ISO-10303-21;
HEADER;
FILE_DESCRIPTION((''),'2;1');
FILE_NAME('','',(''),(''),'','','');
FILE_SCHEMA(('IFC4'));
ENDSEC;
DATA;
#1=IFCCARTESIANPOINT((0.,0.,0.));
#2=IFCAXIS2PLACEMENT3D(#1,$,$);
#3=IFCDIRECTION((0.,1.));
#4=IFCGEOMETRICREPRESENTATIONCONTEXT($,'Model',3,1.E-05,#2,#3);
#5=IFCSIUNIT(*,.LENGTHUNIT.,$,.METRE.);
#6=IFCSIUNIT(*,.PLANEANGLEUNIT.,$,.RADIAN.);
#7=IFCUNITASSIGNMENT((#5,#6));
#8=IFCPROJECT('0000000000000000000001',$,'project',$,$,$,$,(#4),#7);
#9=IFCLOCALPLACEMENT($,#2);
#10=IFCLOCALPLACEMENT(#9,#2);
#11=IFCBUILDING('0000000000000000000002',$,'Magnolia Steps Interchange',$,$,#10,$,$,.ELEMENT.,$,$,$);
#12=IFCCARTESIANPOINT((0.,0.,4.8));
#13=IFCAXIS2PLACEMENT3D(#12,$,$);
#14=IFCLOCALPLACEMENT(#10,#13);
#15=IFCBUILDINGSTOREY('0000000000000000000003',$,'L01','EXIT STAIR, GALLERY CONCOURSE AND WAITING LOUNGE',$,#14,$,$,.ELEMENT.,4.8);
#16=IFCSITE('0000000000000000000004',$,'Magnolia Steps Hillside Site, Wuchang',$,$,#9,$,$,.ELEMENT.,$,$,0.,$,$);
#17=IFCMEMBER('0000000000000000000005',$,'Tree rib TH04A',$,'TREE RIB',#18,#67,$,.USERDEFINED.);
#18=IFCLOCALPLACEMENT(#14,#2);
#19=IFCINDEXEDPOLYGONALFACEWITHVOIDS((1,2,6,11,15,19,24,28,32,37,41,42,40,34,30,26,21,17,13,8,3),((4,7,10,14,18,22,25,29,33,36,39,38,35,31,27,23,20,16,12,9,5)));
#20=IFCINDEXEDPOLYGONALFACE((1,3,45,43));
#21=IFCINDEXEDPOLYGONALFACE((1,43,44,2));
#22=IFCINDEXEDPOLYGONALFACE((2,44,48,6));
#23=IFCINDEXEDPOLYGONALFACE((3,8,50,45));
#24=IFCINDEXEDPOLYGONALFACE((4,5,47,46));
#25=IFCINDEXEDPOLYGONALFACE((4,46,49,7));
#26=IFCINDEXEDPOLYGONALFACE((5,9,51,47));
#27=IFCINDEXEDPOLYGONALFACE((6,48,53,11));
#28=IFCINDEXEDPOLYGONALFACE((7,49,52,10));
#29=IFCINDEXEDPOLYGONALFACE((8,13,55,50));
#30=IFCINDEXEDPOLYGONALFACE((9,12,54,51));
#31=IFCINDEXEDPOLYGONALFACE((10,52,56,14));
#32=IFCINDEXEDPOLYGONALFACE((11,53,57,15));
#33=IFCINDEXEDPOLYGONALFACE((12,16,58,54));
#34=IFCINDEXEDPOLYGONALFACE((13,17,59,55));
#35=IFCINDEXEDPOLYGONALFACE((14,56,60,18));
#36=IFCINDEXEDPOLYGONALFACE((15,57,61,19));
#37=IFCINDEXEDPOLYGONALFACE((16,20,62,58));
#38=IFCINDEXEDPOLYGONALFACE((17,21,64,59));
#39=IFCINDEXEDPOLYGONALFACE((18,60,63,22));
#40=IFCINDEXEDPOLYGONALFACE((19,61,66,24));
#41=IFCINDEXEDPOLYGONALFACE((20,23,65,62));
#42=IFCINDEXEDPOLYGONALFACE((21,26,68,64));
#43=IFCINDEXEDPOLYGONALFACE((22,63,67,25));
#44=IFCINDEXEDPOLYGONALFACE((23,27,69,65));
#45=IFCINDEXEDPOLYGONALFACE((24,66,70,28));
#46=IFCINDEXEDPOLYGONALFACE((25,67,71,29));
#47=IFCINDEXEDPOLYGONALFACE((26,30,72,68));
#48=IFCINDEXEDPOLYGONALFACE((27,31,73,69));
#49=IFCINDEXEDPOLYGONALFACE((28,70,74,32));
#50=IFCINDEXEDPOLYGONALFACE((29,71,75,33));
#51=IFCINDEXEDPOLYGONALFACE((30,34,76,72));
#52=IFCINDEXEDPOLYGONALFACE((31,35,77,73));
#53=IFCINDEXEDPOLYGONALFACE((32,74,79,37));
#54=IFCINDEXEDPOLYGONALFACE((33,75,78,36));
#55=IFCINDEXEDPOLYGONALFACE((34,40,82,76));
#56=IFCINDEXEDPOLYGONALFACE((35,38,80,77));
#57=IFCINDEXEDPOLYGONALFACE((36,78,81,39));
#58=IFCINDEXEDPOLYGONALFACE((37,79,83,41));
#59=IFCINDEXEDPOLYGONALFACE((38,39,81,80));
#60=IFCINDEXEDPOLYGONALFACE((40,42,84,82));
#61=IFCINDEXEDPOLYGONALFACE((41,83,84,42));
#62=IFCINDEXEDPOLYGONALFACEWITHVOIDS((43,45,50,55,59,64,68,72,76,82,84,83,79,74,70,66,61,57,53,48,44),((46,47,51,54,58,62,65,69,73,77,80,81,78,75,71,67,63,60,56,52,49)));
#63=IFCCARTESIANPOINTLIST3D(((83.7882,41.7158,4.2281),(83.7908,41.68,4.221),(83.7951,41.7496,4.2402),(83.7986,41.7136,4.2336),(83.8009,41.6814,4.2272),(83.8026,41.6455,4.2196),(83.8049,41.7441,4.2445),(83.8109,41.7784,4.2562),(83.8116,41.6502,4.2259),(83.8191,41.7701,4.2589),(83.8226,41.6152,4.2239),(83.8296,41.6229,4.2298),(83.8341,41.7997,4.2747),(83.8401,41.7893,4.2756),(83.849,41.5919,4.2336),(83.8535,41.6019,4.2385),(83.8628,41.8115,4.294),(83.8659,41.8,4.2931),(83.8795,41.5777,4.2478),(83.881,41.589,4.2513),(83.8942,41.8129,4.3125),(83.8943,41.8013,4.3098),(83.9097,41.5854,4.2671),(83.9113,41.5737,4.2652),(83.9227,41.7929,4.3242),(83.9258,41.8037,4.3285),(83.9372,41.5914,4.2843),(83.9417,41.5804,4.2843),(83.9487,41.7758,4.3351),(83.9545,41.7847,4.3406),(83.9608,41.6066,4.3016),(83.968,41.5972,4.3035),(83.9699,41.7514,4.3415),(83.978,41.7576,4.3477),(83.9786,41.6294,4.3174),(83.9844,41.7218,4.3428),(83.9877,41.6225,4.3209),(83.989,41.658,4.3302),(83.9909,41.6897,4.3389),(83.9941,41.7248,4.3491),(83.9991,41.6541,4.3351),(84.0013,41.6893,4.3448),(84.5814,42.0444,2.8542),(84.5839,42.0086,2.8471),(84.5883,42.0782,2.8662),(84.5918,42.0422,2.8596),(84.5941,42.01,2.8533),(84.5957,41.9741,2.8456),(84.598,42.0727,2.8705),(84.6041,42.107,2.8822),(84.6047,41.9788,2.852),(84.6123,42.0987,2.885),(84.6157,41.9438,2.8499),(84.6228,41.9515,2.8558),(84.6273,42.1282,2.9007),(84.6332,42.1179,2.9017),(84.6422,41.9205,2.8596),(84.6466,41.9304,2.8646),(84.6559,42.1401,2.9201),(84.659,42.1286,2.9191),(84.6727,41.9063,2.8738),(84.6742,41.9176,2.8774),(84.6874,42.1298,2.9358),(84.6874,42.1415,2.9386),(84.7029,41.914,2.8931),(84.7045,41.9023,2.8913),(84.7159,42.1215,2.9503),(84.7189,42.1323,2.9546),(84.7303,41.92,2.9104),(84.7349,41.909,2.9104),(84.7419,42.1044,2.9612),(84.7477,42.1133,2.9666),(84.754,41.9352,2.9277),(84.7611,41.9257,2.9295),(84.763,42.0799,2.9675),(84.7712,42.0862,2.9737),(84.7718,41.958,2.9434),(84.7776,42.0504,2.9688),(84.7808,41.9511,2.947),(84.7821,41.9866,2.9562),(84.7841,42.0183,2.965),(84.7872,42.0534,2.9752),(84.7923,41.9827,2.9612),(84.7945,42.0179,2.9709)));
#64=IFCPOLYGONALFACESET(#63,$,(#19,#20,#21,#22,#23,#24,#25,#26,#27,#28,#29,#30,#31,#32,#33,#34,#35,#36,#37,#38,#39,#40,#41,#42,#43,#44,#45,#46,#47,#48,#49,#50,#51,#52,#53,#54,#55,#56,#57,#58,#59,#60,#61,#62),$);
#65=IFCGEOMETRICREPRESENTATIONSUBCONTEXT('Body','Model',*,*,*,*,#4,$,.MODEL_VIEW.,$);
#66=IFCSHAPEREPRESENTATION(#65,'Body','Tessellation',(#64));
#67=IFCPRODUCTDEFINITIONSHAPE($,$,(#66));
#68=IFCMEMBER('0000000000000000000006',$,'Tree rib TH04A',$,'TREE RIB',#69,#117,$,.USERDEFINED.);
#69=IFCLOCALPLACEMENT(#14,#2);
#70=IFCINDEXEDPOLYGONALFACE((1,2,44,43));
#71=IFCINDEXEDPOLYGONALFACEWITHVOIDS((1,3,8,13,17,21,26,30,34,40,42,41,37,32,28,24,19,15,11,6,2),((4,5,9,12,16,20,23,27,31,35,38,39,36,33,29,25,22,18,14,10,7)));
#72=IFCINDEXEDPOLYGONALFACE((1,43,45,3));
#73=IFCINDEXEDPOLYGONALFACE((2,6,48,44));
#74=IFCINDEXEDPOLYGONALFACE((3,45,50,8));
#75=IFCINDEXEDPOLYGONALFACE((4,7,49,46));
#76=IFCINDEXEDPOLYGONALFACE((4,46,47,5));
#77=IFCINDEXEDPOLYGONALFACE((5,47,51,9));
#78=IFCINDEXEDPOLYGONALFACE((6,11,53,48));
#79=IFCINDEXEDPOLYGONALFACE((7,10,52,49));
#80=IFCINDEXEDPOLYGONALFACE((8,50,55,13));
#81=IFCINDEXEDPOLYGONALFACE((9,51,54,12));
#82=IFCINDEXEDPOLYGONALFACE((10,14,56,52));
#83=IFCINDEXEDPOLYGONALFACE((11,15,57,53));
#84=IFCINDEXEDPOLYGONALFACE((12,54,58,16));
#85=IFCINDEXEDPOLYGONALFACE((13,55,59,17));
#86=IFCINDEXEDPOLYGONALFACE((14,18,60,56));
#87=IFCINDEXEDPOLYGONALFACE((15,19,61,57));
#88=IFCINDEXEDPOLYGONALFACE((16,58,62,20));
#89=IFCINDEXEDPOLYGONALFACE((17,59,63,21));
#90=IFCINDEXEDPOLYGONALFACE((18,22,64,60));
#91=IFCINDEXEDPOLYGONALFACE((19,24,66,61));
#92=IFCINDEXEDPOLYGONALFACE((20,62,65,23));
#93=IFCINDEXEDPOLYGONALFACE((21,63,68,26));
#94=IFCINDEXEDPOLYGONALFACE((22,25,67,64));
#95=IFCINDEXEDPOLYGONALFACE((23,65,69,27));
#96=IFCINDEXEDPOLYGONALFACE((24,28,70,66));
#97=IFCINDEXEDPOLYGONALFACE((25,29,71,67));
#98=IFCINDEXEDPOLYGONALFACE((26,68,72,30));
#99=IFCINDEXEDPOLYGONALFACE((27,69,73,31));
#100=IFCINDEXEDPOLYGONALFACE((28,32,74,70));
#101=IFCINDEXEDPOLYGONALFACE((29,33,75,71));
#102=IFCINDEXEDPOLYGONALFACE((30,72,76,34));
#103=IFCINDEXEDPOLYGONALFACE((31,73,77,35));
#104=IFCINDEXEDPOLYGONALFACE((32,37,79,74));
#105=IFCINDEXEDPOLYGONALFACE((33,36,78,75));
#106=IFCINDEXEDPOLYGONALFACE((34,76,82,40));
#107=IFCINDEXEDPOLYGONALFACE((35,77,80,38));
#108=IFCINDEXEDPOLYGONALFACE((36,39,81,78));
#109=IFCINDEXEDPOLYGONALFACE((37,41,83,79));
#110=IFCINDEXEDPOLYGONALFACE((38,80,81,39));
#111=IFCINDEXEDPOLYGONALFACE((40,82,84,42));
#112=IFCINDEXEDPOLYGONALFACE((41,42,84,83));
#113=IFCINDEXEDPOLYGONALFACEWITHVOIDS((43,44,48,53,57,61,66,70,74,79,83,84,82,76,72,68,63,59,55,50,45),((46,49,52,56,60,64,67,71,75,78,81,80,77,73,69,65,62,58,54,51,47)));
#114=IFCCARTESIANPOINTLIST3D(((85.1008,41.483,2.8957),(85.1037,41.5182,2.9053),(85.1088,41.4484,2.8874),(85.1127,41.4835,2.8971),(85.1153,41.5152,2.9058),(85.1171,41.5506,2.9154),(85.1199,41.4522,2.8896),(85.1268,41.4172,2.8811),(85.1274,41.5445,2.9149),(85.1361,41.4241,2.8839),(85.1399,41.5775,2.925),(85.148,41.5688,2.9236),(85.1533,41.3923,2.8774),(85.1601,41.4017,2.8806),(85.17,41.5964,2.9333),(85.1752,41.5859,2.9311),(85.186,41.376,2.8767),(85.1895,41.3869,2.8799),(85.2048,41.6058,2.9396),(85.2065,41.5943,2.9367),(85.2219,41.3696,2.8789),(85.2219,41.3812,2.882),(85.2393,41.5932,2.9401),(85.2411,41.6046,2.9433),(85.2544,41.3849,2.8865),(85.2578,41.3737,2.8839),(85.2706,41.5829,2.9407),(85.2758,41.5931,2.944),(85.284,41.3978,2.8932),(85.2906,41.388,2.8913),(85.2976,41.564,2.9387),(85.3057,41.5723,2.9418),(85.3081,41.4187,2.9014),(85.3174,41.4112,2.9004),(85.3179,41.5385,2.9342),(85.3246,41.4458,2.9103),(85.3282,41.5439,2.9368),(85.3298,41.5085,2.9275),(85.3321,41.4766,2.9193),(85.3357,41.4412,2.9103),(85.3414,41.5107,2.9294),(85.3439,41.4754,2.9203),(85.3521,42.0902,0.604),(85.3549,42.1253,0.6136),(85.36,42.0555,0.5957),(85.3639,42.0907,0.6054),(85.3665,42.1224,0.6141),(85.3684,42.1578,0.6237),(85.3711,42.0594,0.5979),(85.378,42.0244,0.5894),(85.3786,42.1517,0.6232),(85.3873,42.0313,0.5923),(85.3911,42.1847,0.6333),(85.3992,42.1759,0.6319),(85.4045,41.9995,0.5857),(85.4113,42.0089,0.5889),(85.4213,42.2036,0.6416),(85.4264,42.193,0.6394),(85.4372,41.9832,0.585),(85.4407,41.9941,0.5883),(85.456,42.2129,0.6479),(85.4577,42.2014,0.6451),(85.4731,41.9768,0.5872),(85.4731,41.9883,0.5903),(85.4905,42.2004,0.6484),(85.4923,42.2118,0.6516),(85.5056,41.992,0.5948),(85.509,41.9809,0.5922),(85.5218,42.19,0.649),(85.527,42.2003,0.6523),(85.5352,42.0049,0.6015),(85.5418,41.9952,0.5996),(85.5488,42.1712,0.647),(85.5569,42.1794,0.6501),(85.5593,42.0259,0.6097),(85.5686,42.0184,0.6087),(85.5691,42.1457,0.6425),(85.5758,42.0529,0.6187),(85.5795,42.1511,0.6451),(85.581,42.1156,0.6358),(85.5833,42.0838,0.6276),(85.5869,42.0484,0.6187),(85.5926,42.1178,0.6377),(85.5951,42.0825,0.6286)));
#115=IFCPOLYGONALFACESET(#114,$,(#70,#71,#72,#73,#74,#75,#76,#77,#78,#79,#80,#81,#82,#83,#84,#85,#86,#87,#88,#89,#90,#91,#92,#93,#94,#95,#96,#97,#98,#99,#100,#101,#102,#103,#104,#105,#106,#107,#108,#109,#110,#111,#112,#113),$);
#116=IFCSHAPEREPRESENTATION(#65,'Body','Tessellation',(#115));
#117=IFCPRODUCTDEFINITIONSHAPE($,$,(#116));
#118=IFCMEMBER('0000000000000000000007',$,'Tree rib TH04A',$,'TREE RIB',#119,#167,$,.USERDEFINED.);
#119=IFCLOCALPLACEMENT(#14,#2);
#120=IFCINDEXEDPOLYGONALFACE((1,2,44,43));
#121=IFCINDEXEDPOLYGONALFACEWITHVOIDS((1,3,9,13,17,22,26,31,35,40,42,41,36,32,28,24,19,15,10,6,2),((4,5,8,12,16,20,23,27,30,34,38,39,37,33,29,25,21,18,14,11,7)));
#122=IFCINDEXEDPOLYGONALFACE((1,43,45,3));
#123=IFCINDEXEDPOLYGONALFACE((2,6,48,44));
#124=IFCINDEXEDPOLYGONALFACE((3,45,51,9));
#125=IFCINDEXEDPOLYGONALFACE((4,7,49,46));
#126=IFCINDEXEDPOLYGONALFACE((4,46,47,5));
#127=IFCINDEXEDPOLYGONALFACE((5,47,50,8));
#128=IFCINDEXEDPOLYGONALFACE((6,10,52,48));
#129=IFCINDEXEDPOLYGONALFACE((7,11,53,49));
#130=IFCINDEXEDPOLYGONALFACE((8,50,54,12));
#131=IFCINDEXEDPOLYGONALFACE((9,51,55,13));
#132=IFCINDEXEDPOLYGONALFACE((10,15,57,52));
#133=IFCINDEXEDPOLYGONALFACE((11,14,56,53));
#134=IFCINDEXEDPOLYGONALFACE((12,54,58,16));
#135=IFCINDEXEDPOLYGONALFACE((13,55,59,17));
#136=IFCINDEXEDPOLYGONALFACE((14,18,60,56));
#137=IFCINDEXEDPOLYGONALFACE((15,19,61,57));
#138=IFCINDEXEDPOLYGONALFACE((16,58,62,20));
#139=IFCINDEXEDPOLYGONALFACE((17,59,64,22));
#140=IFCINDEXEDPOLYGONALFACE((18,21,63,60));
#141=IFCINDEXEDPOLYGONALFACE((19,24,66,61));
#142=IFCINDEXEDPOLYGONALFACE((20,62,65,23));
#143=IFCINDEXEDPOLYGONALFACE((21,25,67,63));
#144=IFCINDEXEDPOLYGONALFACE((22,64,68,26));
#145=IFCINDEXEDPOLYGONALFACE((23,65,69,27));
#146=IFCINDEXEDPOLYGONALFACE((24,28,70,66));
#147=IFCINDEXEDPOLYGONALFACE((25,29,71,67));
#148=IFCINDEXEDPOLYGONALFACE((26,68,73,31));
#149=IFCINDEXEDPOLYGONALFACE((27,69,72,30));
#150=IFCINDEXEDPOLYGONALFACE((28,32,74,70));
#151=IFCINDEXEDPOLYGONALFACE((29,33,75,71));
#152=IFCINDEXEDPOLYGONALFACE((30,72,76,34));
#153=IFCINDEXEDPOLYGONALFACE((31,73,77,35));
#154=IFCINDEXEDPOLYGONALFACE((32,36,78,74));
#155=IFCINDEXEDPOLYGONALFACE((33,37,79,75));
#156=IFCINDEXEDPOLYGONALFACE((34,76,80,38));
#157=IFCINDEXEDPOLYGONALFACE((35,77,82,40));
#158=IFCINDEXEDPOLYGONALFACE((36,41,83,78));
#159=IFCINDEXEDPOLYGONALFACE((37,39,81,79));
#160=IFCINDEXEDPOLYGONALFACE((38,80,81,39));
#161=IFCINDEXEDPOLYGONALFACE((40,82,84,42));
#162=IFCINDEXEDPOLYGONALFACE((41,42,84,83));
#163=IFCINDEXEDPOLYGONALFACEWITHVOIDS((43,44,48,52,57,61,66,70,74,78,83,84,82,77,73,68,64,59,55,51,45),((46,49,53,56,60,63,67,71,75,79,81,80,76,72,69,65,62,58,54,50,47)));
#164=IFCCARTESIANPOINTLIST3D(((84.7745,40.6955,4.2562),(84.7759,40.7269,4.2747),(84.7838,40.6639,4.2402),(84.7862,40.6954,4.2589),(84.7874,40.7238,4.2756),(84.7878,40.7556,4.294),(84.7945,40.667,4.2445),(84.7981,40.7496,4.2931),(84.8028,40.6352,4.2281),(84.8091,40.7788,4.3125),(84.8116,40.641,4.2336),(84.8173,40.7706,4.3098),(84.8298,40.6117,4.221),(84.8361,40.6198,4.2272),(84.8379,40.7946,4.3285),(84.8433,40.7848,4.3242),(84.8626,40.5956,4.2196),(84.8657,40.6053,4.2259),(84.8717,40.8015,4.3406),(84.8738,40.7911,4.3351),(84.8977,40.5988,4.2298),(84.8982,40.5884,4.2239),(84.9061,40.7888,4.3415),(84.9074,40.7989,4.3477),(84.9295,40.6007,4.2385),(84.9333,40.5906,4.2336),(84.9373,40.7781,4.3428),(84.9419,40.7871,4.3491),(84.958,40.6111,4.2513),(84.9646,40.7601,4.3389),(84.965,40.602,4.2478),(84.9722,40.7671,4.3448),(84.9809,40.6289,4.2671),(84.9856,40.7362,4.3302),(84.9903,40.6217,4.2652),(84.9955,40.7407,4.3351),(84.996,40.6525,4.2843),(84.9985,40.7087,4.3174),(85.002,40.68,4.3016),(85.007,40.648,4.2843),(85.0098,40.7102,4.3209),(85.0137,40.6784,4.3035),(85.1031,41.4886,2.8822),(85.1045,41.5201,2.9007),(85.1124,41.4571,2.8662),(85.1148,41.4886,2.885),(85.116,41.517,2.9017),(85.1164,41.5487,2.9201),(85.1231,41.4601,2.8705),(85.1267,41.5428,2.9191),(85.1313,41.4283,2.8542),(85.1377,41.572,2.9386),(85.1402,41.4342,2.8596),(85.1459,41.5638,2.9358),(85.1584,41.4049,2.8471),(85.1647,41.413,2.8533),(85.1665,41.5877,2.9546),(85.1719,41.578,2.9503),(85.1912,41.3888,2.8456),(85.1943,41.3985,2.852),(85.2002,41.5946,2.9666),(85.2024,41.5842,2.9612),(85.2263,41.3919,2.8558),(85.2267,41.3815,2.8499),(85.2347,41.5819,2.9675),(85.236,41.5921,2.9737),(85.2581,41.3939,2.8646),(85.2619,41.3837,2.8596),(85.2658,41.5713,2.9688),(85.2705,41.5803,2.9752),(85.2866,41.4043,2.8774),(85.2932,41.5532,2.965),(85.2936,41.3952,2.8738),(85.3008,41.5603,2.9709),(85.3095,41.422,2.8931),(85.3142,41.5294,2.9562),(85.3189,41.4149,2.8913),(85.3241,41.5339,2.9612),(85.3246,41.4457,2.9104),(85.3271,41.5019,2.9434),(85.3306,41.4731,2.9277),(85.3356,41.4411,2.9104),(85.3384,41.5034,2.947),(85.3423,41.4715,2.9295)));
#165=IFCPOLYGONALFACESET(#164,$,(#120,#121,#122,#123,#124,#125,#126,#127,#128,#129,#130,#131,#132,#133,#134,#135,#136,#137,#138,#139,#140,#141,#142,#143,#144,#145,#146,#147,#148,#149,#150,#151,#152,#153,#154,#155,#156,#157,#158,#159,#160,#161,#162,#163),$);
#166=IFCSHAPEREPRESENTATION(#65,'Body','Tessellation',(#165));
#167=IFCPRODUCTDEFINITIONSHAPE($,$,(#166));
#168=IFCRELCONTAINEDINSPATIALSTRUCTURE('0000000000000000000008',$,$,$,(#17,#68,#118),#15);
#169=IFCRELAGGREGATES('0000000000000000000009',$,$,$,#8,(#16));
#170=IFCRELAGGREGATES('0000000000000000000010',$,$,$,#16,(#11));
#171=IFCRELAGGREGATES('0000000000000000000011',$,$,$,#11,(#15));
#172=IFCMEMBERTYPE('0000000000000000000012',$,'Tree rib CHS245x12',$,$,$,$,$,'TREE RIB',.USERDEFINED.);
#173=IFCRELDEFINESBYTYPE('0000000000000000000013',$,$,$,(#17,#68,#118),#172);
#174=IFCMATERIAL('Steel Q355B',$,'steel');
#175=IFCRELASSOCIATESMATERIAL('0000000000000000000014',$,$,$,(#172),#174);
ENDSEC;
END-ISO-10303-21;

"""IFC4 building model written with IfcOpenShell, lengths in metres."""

from ifc_helpers import new_model, si_unit, direction, frame, origin, origin_2d, place, context, subcontext, project, spatial, hollow_circle, extrude, material, material_profile, profile_set, type_object, element, save


model = new_model("IFC4")

# Units and contexts
model_context = context("Model", 3, precision=1e-05, world=origin(), true_north=direction((0.0, 1.0)))
body_context = subcontext(model_context, "Body", "Model", "MODEL_VIEW")
ifc_project = project(units=[si_unit("LENGTHUNIT", "METRE"), si_unit("PLANEANGLEUNIT", "RADIAN")], contexts=[model_context])

# Site, building, storey
site_placement = place(None, origin())
site = spatial("IfcSite", under=ifc_project, at=site_placement, Name="Magnolia Steps Hillside Site, Wuchang", CompositionType="ELEMENT", RefElevation=0.0)
building_placement = place(site_placement, origin())
building = spatial("IfcBuilding", under=site, at=building_placement, Name="Magnolia Steps Interchange", CompositionType="ELEMENT")
storey_placement = place(building_placement, frame((0.0, 0.0, 4.8)))
storey = spatial("IfcBuildingStorey", under=building, at=storey_placement, Name="L01", Description="EXIT STAIR, GALLERY CONCOURSE AND WAITING LOUNGE", CompositionType="ELEMENT", Elevation=4.8)

# Members
ifc_material_1 = material(Name="Steel Q355B", Category="steel")
ifc_material_profile_1 = material_profile(ifc_material_1, hollow_circle(Radius=0.1226, WallThickness=0.012, at=origin_2d()), Name="CHS245x12")
ifc_profile_set_1 = profile_set([ifc_material_profile_1], Name="Steel Q355B")
member_type_1 = type_object("IfcMemberType", Name="Tree rib CHS245x12", ElementType="TREE RIB", PredefinedType="USERDEFINED", material=ifc_profile_set_1)
member_1_placement = place(storey_placement, frame((84.688, 42.0222, 2.9104), z_axis=(-0.489571, -0.20282, 0.848047), x_axis=(0.382737, -0.923857, 0.0)))
element("IfcMember", 1, at=member_1_placement, inside=storey, type_object=member_type_1, Name="Tree rib TH04A", ObjectType="TREE RIB", PredefinedType="USERDEFINED", context=body_context, shape_type="SweptSolid", body=[
    extrude(hollow_circle(Radius=0.1226, WallThickness=0.012, at=origin_2d()), origin(), (0.0, 0.0, 1.0), 1.6201),
])
member_2_placement = place(storey_placement, frame((85.4736, 42.0952, 0.6187), z_axis=(-0.105374, -0.254679, 0.961267), x_axis=(0.92403, -0.382319, 0.0)))
element("IfcMember", 2, at=member_2_placement, inside=storey, type_object=member_type_1, Name="Tree rib TH04A", ObjectType="TREE RIB", PredefinedType="USERDEFINED", context=body_context, shape_type="SweptSolid", body=[
    extrude(hollow_circle(Radius=0.1226, WallThickness=0.012, at=origin_2d()), origin(), (0.0, 0.0, 1.0), 2.384),
])
member_3_placement = place(storey_placement, frame((85.2224, 41.488, 2.9104), z_axis=(-0.20282, -0.489571, 0.848047), x_axis=(0.923857, -0.382737, 0.0)))
element("IfcMember", 3, at=member_3_placement, inside=storey, type_object=member_type_1, Name="Tree rib TH04A", ObjectType="TREE RIB", PredefinedType="USERDEFINED", context=body_context, shape_type="SweptSolid", body=[
    extrude(hollow_circle(Radius=0.1226, WallThickness=0.012, at=origin_2d()), origin(), (0.0, 0.0, 1.0), 1.6201),
])

save(model, "model.ifc")
